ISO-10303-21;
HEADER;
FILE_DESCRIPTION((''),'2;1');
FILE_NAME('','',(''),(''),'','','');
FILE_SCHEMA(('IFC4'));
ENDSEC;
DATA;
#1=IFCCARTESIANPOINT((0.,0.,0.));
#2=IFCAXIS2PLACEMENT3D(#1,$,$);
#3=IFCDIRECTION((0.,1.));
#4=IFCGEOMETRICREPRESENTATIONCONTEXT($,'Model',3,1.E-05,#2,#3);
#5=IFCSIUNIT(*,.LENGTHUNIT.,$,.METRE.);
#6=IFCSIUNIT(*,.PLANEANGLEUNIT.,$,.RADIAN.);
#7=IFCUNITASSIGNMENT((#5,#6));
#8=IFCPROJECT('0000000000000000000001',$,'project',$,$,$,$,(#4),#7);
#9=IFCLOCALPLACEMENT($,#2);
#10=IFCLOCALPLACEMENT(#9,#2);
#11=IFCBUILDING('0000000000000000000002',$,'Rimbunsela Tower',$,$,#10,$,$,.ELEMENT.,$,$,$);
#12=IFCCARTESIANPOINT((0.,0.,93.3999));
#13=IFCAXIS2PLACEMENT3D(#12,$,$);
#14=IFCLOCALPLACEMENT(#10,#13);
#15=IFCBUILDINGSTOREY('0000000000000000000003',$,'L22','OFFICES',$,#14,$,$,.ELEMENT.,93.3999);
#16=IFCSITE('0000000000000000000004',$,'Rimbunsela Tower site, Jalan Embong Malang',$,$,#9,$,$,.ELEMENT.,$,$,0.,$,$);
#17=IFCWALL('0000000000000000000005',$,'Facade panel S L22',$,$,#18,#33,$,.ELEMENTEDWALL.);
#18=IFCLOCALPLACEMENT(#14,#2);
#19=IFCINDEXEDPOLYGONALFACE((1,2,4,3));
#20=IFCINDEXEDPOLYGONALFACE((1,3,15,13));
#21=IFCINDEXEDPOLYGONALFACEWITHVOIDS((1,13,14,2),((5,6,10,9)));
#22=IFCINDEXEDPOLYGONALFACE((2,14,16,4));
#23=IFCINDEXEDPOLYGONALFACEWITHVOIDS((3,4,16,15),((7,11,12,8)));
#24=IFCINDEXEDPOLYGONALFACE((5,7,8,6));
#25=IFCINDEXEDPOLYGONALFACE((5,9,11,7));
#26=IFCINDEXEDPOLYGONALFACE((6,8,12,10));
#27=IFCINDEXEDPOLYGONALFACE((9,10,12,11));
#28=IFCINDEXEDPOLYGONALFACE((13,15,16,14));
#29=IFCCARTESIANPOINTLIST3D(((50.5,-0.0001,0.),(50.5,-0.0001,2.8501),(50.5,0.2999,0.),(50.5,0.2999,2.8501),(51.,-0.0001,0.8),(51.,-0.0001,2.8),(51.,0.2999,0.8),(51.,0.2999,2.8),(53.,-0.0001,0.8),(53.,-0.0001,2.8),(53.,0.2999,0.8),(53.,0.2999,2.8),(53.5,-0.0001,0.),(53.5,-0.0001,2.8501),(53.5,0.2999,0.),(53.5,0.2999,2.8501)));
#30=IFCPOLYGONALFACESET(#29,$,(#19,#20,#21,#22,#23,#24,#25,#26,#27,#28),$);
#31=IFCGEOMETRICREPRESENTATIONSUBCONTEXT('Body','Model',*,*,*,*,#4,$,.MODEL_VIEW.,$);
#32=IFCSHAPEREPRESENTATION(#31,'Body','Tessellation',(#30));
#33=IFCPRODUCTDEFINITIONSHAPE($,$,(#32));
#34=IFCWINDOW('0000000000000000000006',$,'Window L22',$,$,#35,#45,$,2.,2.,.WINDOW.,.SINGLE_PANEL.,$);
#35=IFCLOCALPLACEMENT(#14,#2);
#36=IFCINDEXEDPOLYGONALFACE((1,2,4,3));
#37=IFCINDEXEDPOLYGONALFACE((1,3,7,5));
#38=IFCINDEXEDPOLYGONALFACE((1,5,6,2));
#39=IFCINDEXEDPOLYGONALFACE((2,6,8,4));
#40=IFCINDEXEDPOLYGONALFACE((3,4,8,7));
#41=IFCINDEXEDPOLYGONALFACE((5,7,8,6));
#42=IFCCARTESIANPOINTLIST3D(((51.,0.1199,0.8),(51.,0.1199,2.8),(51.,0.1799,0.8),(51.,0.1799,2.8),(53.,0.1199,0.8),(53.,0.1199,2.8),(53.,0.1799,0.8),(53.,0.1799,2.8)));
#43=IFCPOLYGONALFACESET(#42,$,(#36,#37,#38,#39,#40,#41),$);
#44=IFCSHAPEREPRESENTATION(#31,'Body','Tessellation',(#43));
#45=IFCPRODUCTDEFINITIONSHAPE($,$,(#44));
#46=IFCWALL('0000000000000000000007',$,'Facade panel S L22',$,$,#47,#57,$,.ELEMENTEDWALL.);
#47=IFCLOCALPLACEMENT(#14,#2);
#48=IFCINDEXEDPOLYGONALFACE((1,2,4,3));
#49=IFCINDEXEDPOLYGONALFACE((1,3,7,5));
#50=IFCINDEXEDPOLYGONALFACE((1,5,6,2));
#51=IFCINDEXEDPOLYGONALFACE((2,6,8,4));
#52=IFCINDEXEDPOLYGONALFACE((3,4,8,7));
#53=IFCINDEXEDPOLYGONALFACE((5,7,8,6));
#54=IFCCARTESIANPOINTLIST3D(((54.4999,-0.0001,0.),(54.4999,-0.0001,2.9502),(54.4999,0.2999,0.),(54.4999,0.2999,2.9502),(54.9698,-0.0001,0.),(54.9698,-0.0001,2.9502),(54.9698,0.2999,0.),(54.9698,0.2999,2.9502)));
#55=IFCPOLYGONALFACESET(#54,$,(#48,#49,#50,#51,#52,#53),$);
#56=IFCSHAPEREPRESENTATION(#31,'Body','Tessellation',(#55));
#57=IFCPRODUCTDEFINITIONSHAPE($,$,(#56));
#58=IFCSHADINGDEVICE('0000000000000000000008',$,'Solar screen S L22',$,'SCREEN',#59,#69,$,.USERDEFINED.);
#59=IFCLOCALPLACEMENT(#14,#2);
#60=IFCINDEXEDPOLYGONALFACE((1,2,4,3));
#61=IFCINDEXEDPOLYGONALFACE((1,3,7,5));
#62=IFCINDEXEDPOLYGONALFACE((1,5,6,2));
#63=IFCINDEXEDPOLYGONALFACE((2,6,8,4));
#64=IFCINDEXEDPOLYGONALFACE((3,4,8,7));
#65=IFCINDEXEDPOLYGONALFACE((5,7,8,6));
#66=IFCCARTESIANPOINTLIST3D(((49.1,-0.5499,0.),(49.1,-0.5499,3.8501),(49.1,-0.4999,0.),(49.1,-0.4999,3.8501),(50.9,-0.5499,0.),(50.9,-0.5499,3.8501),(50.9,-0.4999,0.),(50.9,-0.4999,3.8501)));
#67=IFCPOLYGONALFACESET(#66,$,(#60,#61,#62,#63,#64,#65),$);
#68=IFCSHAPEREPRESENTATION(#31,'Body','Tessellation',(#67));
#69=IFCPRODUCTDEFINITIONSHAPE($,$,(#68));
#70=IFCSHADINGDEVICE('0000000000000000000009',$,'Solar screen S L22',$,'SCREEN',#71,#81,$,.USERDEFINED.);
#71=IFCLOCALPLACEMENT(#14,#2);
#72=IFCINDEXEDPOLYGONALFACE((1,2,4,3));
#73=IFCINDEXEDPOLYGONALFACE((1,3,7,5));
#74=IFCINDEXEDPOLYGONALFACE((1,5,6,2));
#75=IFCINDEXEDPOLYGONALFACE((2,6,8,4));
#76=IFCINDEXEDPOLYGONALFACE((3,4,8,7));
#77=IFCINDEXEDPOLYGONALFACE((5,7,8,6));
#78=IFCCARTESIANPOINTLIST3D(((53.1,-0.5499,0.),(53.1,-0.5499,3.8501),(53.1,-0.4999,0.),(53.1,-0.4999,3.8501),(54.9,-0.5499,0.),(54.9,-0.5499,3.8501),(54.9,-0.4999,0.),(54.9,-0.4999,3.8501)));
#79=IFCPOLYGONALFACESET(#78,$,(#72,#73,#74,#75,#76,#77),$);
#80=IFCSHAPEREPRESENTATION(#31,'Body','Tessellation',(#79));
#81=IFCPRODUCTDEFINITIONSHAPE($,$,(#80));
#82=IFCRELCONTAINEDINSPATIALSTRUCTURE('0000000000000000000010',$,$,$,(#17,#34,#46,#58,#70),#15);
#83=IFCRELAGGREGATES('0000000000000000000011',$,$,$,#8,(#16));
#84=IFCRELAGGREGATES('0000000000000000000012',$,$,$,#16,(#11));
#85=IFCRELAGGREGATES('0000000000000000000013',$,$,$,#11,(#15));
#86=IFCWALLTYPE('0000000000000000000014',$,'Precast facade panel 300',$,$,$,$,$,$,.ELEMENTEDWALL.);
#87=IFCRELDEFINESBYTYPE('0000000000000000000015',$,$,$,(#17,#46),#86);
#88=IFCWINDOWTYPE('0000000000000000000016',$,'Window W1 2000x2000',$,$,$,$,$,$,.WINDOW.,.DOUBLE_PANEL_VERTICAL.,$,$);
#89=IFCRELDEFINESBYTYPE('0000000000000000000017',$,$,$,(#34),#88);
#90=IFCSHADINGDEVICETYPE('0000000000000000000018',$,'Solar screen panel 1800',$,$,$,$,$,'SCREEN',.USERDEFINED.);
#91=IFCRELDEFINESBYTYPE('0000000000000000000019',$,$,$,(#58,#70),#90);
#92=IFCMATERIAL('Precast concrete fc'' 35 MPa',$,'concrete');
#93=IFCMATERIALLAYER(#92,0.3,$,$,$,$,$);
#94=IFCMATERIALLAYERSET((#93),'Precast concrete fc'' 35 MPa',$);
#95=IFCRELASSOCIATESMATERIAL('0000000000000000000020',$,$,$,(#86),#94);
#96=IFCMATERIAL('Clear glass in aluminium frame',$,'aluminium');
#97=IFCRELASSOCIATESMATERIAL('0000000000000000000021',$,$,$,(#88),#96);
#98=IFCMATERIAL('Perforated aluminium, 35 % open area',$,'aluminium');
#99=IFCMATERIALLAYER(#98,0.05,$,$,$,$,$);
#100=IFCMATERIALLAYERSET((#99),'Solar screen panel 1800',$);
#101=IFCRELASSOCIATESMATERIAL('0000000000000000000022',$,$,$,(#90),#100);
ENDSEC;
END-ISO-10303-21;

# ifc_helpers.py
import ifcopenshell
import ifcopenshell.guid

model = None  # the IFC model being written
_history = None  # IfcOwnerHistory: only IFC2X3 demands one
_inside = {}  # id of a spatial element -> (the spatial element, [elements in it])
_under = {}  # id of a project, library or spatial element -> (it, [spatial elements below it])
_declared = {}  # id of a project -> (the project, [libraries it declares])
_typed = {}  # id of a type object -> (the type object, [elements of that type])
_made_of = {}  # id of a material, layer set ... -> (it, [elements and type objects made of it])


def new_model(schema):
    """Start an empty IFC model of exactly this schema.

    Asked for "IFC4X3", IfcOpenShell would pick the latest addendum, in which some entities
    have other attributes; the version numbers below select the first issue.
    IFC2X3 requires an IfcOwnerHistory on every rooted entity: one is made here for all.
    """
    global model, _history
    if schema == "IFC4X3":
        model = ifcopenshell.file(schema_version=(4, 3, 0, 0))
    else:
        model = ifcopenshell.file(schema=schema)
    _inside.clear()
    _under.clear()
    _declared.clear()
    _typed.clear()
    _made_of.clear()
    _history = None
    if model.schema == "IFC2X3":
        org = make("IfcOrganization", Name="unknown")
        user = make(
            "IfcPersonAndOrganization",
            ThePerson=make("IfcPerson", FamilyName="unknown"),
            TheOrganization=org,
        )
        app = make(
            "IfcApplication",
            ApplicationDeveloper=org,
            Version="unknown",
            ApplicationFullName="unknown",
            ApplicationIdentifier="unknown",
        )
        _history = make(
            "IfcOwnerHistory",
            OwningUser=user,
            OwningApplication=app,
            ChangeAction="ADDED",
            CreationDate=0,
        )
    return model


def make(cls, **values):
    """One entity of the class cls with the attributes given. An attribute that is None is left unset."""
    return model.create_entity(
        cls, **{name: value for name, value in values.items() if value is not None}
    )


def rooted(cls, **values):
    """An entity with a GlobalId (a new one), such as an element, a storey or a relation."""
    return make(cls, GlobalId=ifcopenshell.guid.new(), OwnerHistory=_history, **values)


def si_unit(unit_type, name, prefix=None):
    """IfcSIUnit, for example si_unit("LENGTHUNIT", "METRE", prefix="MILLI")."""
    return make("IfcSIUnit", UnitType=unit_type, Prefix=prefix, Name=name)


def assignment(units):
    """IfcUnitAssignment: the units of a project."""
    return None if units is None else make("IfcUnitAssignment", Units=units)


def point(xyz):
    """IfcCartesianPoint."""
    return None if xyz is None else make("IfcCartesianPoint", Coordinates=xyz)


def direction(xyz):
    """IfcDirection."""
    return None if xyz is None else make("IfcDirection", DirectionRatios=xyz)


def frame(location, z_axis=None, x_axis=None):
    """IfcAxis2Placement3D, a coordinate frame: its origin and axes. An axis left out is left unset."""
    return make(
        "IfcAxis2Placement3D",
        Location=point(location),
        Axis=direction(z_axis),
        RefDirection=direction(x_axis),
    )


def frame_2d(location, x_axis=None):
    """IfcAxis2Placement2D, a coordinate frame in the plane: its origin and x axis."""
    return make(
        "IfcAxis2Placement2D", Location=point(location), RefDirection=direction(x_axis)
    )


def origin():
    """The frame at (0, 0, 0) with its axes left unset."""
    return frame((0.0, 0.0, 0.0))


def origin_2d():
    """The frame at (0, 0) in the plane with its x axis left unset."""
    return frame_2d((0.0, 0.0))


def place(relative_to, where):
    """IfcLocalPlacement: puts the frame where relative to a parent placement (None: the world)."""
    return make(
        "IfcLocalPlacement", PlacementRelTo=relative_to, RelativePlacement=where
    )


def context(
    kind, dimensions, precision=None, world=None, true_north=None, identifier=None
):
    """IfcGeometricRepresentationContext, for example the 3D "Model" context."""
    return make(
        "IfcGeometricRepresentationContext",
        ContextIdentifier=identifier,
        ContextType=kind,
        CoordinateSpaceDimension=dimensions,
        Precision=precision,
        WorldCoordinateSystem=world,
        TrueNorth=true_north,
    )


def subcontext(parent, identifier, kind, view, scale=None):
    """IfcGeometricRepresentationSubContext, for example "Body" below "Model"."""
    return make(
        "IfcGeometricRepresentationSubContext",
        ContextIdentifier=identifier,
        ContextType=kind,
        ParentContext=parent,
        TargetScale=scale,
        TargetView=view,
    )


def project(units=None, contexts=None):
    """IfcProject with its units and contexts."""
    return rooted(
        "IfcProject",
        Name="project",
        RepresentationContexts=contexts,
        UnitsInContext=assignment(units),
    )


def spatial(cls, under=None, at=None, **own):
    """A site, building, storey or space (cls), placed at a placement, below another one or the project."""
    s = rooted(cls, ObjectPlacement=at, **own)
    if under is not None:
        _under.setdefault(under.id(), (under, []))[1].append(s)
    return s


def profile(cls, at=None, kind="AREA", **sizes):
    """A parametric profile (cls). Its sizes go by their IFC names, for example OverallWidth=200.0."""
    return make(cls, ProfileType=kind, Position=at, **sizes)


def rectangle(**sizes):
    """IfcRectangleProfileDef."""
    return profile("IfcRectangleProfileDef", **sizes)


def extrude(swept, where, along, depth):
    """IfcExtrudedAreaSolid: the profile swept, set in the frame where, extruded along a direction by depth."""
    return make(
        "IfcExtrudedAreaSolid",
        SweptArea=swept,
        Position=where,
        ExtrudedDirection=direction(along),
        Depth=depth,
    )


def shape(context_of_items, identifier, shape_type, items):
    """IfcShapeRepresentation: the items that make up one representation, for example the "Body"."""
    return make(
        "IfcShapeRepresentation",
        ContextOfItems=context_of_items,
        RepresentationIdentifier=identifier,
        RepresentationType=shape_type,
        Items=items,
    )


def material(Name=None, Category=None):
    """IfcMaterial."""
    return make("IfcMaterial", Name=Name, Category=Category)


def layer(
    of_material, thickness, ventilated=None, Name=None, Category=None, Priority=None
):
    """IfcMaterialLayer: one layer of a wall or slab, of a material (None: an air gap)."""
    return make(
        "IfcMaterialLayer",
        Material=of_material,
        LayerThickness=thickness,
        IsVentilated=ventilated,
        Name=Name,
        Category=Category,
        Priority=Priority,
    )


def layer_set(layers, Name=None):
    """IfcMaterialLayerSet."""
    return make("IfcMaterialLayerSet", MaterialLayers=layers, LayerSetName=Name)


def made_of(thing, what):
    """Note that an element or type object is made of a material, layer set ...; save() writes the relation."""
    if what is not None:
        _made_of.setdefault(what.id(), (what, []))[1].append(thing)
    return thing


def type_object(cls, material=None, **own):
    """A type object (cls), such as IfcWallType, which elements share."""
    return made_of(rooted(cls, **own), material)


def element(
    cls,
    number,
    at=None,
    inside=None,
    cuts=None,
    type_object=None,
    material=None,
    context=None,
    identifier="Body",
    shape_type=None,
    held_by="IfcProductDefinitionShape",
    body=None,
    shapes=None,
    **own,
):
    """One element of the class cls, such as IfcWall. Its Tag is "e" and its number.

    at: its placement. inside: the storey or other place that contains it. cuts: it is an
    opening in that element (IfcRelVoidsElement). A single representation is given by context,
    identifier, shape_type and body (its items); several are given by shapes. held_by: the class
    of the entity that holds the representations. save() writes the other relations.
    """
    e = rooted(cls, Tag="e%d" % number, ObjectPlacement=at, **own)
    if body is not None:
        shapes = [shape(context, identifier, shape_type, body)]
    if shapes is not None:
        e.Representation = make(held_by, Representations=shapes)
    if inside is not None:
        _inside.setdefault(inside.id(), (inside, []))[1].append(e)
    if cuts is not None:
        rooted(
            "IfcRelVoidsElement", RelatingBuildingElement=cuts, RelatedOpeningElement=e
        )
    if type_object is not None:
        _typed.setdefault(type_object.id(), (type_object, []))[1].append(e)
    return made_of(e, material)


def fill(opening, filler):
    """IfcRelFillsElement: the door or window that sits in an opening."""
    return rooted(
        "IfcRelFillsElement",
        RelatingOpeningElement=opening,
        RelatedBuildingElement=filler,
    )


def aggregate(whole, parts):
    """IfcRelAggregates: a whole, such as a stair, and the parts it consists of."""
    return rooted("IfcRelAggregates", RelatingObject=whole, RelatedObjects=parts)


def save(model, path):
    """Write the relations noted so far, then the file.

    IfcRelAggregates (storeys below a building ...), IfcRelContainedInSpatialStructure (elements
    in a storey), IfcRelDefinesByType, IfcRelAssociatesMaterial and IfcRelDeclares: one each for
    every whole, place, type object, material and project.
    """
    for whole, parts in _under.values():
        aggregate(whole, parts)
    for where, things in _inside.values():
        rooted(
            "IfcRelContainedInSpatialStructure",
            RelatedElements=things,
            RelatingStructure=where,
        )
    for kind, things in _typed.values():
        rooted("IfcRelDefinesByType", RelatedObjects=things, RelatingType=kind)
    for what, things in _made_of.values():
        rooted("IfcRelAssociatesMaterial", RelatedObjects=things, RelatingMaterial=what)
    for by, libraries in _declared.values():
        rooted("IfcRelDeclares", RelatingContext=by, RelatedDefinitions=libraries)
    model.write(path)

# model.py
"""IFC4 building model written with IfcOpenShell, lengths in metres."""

from ifc_helpers import new_model, si_unit, direction, frame, frame_2d, origin, origin_2d, place, context, subcontext, project, spatial, rectangle, extrude, material, layer, layer_set, type_object, element, fill, save


model = new_model("IFC4")

# Units and contexts
model_context = context("Model", 3, precision=1e-05, world=origin(), true_north=direction((0.0, 1.0)))
body_context = subcontext(model_context, "Body", "Model", "MODEL_VIEW")
ifc_project = project(units=[si_unit("LENGTHUNIT", "METRE"), si_unit("PLANEANGLEUNIT", "RADIAN")], contexts=[model_context])

# Site, building, storey
site_placement = place(None, origin())
site = spatial("IfcSite", under=ifc_project, at=site_placement, Name="Rimbunsela Tower site, Jalan Embong Malang", CompositionType="ELEMENT", RefElevation=0.0)
building_placement = place(site_placement, origin())
building = spatial("IfcBuilding", under=site, at=building_placement, Name="Rimbunsela Tower", CompositionType="ELEMENT")
storey_placement = place(building_placement, frame((0.0, 0.0, 93.3999)))
storey = spatial("IfcBuildingStorey", under=building, at=storey_placement, Name="L22", Description="OFFICES", CompositionType="ELEMENT", Elevation=93.3999)

# Wall, opening, window
ifc_material_1 = material(Name="Precast concrete fc' 35 MPa", Category="concrete")
ifc_layer_1 = layer(ifc_material_1, 0.3)
ifc_layer_set_1 = layer_set([ifc_layer_1], Name="Precast concrete fc' 35 MPa")
wall_type_1 = type_object("IfcWallType", Name="Precast facade panel 300", PredefinedType="ELEMENTEDWALL", material=ifc_layer_set_1)
ifc_material_2 = material(Name="Clear glass in aluminium frame", Category="aluminium")
window_type = type_object("IfcWindowType", Name="Window W1 2000x2000", PartitioningType="DOUBLE_PANEL_VERTICAL", PredefinedType="WINDOW", material=ifc_material_2)
wall_1_placement = place(storey_placement, frame((50.5, 0.1499, 0.0), z_axis=(0.0, 0.0, 1.0), x_axis=(1.0, 0.0, 0.0)))
wall_1 = element("IfcWall", 1, at=wall_1_placement, inside=storey, type_object=wall_type_1, Name="Facade panel S L22", PredefinedType="ELEMENTEDWALL", context=body_context, shape_type="SweptSolid", body=[
    extrude(rectangle(XDim=3.0, YDim=0.3, at=frame_2d((1.5, 0.0))), origin(), (0.0, 0.0, 1.0), 2.8501),
])
opening_1_placement = place(wall_1_placement, frame((0.5, 0.0, 0.8)))
opening_1 = element("IfcOpeningElement", 2, at=opening_1_placement, cuts=wall_1, PredefinedType="OPENING", context=body_context, shape_type="SweptSolid", body=[
    extrude(rectangle(XDim=2.0, YDim=2.0, at=frame_2d((1.0, 1.0))), frame((0.0, 0.1599, 0.0), z_axis=(0.0, -1.0, 0.0), x_axis=(1.0, 0.0, 0.0)), (0.0, 0.0, 1.0), 0.3201),
])
window_1_placement = place(opening_1_placement, origin())
window_1 = element("IfcWindow", 3, at=window_1_placement, inside=storey, type_object=window_type, Name="Window L22", OverallHeight=2.0, OverallWidth=2.0, PartitioningType="SINGLE_PANEL", PredefinedType="WINDOW", context=body_context, shape_type="SweptSolid", body=[
    extrude(rectangle(XDim=2.0, YDim=2.0, at=frame_2d((1.0, 1.0))), frame((0.0, 0.03, 0.0), z_axis=(0.0, -1.0, 0.0), x_axis=(1.0, 0.0, 0.0)), (0.0, 0.0, 1.0), 0.0601),
])
fill(opening_1, window_1)

# Wall
wall_2_placement = place(storey_placement, frame((54.5, 0.1499, 0.0), z_axis=(0.0, 0.0, 1.0), x_axis=(1.0, 0.0, 0.0)))
element("IfcWall", 4, at=wall_2_placement, inside=storey, type_object=wall_type_1, Name="Facade panel S L22", PredefinedType="ELEMENTEDWALL", context=body_context, shape_type="SweptSolid", body=[
    extrude(rectangle(XDim=0.47, YDim=0.3, at=frame_2d((0.2349, 0.0))), origin(), (0.0, 0.0, 1.0), 2.9502),
])

# Shading devices
ifc_material_3 = material(Name="Perforated aluminium, 35 % open area", Category="aluminium")
ifc_layer_2 = layer(ifc_material_3, 0.05)
ifc_layer_set_2 = layer_set([ifc_layer_2], Name="Solar screen panel 1800")
shading_device_type = type_object("IfcShadingDeviceType", Name="Solar screen panel 1800", ElementType="SCREEN", PredefinedType="USERDEFINED", material=ifc_layer_set_2)
for number, where, z_axis, x_axis, name in (
    (5, (50.0, -0.5249, 0.0), (0.0, 0.0, 1.0), (1.0, 0.0, 0.0), "Solar screen S L22"),
    (6, (54.0, -0.5249, 0.0), (0.0, 0.0, 1.0), (1.0, 0.0, 0.0), "Solar screen S L22"),
):
    element("IfcShadingDevice", number, at=place(storey_placement, frame(where, z_axis=z_axis, x_axis=x_axis)), inside=storey, type_object=shading_device_type, Name=name, ObjectType="SCREEN", PredefinedType="USERDEFINED", context=body_context, shape_type="SweptSolid", body=[
        extrude(rectangle(XDim=1.8, YDim=0.05, at=origin_2d()), origin(), (0.0, 0.0, 1.0), 3.8501),
    ])

save(model, "model.ifc")
